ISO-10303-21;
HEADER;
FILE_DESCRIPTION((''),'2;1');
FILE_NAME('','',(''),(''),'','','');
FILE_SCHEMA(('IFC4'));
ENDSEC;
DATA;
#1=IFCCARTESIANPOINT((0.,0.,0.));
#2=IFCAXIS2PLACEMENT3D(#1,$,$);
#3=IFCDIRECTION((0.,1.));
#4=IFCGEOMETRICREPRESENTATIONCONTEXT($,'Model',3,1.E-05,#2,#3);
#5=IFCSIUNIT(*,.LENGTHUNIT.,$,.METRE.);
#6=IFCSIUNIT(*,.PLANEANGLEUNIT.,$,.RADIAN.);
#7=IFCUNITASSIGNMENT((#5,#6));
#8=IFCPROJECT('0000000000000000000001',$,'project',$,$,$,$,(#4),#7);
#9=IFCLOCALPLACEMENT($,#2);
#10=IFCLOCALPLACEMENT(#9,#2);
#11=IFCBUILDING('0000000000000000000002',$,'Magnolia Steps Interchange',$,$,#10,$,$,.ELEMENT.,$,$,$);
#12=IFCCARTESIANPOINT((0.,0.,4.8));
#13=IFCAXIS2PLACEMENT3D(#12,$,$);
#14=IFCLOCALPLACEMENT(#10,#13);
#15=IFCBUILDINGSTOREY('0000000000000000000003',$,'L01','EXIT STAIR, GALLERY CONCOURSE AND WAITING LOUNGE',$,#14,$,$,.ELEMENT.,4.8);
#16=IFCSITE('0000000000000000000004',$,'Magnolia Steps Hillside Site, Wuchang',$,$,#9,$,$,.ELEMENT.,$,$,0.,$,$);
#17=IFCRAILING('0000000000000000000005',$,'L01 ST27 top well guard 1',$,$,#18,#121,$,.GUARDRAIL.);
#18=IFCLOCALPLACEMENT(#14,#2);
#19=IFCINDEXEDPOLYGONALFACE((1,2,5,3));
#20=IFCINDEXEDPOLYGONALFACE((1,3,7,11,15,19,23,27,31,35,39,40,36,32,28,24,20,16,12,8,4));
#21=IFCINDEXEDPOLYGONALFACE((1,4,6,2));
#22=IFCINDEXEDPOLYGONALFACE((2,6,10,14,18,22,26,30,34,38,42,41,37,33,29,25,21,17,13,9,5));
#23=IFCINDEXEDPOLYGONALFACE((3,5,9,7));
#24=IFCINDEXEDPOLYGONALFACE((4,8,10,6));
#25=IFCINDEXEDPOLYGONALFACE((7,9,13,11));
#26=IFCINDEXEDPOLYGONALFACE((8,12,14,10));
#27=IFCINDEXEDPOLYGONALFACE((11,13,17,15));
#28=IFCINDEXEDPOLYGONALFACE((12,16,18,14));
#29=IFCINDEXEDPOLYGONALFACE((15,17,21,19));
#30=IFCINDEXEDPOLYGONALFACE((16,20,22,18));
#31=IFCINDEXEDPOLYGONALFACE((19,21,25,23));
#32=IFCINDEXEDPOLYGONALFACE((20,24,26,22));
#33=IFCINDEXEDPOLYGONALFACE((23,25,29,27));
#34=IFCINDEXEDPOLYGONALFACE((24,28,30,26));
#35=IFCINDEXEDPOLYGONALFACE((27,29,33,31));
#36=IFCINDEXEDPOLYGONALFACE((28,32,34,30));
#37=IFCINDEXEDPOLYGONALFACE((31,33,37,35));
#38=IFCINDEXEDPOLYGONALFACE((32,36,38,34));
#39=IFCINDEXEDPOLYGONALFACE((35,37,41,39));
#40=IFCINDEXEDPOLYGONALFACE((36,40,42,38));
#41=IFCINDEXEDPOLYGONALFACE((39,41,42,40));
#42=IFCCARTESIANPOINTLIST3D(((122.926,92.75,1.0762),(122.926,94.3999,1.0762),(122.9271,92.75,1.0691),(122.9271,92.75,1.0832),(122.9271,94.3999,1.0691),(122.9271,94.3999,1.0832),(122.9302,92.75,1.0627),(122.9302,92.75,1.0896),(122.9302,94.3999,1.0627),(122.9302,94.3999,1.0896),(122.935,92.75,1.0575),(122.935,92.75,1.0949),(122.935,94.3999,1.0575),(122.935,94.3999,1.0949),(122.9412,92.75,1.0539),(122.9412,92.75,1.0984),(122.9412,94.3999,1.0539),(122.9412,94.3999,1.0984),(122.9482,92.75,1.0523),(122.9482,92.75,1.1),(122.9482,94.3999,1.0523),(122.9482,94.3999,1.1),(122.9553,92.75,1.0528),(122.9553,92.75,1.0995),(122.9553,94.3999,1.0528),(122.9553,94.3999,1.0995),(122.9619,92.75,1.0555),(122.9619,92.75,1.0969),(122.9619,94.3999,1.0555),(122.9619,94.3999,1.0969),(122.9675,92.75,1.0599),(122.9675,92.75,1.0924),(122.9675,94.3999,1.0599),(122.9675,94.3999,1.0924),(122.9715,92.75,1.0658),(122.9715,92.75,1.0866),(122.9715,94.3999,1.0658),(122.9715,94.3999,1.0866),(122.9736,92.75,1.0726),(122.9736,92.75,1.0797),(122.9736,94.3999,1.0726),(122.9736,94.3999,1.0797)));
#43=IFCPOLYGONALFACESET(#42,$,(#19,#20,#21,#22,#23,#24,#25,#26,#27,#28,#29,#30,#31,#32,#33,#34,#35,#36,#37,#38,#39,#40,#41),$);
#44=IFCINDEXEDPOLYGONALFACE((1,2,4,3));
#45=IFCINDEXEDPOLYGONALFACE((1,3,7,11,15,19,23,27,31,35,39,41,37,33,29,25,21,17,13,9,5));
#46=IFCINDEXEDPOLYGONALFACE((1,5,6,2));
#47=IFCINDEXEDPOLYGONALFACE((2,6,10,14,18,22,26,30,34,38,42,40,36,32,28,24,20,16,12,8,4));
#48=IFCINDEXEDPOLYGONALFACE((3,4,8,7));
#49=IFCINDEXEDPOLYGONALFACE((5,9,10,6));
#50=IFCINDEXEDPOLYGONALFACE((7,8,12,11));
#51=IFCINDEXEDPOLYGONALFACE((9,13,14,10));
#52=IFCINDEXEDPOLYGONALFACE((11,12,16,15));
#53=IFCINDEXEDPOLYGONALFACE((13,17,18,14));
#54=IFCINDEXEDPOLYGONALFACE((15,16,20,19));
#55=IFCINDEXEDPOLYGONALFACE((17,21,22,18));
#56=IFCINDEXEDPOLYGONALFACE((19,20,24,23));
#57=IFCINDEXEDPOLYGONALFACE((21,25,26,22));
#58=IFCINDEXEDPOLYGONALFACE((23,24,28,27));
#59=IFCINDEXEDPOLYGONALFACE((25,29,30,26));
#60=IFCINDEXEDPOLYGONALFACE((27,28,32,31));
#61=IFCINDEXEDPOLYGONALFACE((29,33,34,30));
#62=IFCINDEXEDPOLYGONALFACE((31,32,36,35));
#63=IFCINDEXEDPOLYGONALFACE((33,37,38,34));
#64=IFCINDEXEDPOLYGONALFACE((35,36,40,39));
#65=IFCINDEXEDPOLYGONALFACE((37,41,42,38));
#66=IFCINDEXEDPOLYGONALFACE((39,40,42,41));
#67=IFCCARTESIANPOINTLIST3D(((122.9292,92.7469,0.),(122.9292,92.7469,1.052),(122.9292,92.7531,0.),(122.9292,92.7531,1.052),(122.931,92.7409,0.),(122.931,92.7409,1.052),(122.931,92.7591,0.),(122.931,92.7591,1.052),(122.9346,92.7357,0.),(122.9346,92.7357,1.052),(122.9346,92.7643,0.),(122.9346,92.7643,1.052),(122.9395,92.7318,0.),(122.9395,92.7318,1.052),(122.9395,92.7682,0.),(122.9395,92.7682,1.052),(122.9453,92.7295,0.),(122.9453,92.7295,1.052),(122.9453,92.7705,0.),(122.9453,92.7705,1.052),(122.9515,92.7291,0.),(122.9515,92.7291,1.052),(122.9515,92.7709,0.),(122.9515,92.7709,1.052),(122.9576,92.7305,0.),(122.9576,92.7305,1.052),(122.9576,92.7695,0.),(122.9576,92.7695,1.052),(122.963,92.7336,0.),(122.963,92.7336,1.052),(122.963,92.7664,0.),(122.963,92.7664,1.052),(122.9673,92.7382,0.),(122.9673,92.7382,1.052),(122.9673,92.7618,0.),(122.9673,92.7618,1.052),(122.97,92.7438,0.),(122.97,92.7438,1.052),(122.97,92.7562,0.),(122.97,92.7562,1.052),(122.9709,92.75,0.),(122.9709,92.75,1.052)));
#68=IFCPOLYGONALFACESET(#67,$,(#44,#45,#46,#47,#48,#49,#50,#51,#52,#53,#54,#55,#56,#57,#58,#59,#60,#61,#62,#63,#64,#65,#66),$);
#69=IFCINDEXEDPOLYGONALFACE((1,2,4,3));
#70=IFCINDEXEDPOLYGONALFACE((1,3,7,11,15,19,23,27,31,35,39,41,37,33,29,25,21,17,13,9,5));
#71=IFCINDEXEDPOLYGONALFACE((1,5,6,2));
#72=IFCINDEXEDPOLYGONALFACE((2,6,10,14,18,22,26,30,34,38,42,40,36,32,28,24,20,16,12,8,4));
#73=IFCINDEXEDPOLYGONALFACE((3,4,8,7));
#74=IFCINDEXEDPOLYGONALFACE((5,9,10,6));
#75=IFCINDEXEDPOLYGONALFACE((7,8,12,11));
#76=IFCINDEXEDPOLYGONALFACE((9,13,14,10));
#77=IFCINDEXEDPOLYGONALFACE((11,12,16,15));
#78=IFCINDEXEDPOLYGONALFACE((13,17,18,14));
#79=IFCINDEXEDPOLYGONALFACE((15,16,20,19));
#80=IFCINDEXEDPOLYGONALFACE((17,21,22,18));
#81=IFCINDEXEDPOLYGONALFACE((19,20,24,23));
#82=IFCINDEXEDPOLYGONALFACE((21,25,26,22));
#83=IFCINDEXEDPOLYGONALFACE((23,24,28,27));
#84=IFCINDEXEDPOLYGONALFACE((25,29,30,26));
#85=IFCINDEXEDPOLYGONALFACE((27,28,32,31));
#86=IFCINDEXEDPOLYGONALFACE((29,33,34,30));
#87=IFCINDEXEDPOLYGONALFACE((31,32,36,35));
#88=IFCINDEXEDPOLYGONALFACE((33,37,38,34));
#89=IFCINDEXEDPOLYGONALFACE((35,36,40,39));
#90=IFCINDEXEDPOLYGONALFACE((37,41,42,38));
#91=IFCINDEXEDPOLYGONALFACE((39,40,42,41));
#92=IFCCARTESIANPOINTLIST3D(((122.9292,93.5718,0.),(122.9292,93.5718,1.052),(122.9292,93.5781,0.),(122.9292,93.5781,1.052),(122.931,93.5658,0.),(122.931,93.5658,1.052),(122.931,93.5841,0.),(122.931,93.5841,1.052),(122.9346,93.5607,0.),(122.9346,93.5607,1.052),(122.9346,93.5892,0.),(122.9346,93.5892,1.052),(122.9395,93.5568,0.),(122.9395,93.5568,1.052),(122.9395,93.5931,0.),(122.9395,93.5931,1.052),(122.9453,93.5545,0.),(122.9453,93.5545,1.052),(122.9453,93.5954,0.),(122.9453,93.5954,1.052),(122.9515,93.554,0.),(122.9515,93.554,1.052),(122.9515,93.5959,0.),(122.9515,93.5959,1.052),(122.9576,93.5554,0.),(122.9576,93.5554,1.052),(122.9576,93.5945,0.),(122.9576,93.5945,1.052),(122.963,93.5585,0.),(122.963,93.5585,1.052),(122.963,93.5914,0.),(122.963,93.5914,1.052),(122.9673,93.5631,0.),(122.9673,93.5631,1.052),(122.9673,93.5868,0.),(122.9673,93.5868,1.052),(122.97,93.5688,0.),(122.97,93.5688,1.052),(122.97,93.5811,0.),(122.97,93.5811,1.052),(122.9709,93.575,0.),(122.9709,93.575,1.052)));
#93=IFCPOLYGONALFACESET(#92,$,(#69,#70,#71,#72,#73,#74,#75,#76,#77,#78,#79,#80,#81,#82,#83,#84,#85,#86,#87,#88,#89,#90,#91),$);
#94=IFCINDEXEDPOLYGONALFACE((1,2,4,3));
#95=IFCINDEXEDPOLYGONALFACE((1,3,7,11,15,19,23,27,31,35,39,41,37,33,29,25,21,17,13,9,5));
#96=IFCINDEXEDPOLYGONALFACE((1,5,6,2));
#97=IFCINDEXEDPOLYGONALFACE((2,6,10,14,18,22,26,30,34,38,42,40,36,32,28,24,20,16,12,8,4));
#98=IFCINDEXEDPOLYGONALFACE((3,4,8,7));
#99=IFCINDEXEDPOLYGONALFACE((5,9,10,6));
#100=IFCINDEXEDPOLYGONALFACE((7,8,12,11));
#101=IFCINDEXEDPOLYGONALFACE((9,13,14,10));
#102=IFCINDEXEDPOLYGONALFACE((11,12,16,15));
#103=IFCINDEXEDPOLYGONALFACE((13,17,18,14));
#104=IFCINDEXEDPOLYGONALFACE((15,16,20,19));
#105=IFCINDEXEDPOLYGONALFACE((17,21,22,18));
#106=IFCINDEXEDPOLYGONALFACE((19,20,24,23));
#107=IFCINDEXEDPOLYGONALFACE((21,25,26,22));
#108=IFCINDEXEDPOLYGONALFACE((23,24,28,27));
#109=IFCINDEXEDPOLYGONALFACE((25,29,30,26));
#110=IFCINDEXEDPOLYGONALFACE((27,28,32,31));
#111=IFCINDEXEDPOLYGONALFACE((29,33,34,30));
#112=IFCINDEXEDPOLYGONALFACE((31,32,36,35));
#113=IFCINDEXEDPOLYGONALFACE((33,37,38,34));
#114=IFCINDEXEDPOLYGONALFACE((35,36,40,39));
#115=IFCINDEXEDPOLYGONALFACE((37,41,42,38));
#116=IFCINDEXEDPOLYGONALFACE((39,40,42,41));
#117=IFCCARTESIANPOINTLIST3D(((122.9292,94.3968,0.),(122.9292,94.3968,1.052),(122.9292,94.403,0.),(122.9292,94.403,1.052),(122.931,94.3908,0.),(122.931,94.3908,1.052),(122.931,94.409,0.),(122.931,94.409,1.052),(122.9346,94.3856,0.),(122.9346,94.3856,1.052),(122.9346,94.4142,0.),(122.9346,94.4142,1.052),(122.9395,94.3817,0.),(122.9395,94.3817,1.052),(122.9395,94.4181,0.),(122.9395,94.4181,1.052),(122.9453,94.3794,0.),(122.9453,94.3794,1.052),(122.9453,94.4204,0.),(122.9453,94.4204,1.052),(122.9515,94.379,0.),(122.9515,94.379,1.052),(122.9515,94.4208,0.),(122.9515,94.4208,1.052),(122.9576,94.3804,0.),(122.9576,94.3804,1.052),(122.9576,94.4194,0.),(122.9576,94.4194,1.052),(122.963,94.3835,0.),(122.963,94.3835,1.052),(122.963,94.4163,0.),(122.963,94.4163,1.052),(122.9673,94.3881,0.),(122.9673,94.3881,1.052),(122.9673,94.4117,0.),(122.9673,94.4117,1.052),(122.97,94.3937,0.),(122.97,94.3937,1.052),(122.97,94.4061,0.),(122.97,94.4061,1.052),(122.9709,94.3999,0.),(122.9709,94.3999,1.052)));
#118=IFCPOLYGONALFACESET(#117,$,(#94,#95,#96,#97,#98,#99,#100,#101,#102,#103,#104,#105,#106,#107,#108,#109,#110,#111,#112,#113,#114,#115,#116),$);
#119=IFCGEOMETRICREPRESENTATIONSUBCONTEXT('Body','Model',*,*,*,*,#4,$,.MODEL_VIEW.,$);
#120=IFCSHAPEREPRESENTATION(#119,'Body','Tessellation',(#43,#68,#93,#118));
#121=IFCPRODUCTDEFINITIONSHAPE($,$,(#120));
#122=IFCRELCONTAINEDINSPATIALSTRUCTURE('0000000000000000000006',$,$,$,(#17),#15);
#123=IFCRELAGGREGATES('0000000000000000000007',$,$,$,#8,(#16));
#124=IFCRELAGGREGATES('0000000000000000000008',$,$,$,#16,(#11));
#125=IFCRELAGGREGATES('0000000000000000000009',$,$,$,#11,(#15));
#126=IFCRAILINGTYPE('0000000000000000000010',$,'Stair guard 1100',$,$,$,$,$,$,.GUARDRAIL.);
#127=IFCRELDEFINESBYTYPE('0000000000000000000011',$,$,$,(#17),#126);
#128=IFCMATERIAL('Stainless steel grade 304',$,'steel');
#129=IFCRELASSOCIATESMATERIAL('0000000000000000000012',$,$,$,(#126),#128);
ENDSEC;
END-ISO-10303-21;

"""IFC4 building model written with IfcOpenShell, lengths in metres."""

from ifc_helpers import new_model, si_unit, direction, frame, origin, origin_2d, place, context, subcontext, project, spatial, circle, extrude, material, type_object, element, save


model = new_model("IFC4")

# Units and contexts
model_context = context("Model", 3, precision=1e-05, world=origin(), true_north=direction((0.0, 1.0)))
body_context = subcontext(model_context, "Body", "Model", "MODEL_VIEW")
ifc_project = project(units=[si_unit("LENGTHUNIT", "METRE"), si_unit("PLANEANGLEUNIT", "RADIAN")], contexts=[model_context])

# Site, building, storey
site_placement = place(None, origin())
site = spatial("IfcSite", under=ifc_project, at=site_placement, Name="Magnolia Steps Hillside Site, Wuchang", CompositionType="ELEMENT", RefElevation=0.0)
building_placement = place(site_placement, origin())
building = spatial("IfcBuilding", under=site, at=building_placement, Name="Magnolia Steps Interchange", CompositionType="ELEMENT")
storey_placement = place(building_placement, frame((0.0, 0.0, 4.8)))
storey = spatial("IfcBuildingStorey", under=building, at=storey_placement, Name="L01", Description="EXIT STAIR, GALLERY CONCOURSE AND WAITING LOUNGE", CompositionType="ELEMENT", Elevation=4.8)

# Railing
ifc_material_1 = material(Name="Stainless steel grade 304", Category="steel")
railing_type = type_object("IfcRailingType", Name="Stair guard 1100", PredefinedType="GUARDRAIL", material=ifc_material_1)
railing_placement = place(storey_placement, frame((122.95, 92.75, 0.0)))
element("IfcRailing", 1, at=railing_placement, inside=storey, type_object=railing_type, Name="L01 ST27 top well guard 1", PredefinedType="GUARDRAIL", context=body_context, shape_type="SweptSolid", body=[
    extrude(circle(Radius=0.0239, at=origin_2d()), frame((0.0, 0.0, 1.0762), z_axis=(0.0, 1.0, 0.0), x_axis=(-1.0, 0.0, 0.0)), (0.0, 0.0, 1.0), 1.6499),
    extrude(circle(Radius=0.021, at=origin_2d()), origin(), (0.0, 0.0, 1.0), 1.052),
    extrude(circle(Radius=0.021, at=origin_2d()), frame((0.0, 0.825, 0.0)), (0.0, 0.0, 1.0), 1.052),
    extrude(circle(Radius=0.021, at=origin_2d()), frame((0.0, 1.6499, 0.0)), (0.0, 0.0, 1.0), 1.052),
])

save(model, "model.ifc")
